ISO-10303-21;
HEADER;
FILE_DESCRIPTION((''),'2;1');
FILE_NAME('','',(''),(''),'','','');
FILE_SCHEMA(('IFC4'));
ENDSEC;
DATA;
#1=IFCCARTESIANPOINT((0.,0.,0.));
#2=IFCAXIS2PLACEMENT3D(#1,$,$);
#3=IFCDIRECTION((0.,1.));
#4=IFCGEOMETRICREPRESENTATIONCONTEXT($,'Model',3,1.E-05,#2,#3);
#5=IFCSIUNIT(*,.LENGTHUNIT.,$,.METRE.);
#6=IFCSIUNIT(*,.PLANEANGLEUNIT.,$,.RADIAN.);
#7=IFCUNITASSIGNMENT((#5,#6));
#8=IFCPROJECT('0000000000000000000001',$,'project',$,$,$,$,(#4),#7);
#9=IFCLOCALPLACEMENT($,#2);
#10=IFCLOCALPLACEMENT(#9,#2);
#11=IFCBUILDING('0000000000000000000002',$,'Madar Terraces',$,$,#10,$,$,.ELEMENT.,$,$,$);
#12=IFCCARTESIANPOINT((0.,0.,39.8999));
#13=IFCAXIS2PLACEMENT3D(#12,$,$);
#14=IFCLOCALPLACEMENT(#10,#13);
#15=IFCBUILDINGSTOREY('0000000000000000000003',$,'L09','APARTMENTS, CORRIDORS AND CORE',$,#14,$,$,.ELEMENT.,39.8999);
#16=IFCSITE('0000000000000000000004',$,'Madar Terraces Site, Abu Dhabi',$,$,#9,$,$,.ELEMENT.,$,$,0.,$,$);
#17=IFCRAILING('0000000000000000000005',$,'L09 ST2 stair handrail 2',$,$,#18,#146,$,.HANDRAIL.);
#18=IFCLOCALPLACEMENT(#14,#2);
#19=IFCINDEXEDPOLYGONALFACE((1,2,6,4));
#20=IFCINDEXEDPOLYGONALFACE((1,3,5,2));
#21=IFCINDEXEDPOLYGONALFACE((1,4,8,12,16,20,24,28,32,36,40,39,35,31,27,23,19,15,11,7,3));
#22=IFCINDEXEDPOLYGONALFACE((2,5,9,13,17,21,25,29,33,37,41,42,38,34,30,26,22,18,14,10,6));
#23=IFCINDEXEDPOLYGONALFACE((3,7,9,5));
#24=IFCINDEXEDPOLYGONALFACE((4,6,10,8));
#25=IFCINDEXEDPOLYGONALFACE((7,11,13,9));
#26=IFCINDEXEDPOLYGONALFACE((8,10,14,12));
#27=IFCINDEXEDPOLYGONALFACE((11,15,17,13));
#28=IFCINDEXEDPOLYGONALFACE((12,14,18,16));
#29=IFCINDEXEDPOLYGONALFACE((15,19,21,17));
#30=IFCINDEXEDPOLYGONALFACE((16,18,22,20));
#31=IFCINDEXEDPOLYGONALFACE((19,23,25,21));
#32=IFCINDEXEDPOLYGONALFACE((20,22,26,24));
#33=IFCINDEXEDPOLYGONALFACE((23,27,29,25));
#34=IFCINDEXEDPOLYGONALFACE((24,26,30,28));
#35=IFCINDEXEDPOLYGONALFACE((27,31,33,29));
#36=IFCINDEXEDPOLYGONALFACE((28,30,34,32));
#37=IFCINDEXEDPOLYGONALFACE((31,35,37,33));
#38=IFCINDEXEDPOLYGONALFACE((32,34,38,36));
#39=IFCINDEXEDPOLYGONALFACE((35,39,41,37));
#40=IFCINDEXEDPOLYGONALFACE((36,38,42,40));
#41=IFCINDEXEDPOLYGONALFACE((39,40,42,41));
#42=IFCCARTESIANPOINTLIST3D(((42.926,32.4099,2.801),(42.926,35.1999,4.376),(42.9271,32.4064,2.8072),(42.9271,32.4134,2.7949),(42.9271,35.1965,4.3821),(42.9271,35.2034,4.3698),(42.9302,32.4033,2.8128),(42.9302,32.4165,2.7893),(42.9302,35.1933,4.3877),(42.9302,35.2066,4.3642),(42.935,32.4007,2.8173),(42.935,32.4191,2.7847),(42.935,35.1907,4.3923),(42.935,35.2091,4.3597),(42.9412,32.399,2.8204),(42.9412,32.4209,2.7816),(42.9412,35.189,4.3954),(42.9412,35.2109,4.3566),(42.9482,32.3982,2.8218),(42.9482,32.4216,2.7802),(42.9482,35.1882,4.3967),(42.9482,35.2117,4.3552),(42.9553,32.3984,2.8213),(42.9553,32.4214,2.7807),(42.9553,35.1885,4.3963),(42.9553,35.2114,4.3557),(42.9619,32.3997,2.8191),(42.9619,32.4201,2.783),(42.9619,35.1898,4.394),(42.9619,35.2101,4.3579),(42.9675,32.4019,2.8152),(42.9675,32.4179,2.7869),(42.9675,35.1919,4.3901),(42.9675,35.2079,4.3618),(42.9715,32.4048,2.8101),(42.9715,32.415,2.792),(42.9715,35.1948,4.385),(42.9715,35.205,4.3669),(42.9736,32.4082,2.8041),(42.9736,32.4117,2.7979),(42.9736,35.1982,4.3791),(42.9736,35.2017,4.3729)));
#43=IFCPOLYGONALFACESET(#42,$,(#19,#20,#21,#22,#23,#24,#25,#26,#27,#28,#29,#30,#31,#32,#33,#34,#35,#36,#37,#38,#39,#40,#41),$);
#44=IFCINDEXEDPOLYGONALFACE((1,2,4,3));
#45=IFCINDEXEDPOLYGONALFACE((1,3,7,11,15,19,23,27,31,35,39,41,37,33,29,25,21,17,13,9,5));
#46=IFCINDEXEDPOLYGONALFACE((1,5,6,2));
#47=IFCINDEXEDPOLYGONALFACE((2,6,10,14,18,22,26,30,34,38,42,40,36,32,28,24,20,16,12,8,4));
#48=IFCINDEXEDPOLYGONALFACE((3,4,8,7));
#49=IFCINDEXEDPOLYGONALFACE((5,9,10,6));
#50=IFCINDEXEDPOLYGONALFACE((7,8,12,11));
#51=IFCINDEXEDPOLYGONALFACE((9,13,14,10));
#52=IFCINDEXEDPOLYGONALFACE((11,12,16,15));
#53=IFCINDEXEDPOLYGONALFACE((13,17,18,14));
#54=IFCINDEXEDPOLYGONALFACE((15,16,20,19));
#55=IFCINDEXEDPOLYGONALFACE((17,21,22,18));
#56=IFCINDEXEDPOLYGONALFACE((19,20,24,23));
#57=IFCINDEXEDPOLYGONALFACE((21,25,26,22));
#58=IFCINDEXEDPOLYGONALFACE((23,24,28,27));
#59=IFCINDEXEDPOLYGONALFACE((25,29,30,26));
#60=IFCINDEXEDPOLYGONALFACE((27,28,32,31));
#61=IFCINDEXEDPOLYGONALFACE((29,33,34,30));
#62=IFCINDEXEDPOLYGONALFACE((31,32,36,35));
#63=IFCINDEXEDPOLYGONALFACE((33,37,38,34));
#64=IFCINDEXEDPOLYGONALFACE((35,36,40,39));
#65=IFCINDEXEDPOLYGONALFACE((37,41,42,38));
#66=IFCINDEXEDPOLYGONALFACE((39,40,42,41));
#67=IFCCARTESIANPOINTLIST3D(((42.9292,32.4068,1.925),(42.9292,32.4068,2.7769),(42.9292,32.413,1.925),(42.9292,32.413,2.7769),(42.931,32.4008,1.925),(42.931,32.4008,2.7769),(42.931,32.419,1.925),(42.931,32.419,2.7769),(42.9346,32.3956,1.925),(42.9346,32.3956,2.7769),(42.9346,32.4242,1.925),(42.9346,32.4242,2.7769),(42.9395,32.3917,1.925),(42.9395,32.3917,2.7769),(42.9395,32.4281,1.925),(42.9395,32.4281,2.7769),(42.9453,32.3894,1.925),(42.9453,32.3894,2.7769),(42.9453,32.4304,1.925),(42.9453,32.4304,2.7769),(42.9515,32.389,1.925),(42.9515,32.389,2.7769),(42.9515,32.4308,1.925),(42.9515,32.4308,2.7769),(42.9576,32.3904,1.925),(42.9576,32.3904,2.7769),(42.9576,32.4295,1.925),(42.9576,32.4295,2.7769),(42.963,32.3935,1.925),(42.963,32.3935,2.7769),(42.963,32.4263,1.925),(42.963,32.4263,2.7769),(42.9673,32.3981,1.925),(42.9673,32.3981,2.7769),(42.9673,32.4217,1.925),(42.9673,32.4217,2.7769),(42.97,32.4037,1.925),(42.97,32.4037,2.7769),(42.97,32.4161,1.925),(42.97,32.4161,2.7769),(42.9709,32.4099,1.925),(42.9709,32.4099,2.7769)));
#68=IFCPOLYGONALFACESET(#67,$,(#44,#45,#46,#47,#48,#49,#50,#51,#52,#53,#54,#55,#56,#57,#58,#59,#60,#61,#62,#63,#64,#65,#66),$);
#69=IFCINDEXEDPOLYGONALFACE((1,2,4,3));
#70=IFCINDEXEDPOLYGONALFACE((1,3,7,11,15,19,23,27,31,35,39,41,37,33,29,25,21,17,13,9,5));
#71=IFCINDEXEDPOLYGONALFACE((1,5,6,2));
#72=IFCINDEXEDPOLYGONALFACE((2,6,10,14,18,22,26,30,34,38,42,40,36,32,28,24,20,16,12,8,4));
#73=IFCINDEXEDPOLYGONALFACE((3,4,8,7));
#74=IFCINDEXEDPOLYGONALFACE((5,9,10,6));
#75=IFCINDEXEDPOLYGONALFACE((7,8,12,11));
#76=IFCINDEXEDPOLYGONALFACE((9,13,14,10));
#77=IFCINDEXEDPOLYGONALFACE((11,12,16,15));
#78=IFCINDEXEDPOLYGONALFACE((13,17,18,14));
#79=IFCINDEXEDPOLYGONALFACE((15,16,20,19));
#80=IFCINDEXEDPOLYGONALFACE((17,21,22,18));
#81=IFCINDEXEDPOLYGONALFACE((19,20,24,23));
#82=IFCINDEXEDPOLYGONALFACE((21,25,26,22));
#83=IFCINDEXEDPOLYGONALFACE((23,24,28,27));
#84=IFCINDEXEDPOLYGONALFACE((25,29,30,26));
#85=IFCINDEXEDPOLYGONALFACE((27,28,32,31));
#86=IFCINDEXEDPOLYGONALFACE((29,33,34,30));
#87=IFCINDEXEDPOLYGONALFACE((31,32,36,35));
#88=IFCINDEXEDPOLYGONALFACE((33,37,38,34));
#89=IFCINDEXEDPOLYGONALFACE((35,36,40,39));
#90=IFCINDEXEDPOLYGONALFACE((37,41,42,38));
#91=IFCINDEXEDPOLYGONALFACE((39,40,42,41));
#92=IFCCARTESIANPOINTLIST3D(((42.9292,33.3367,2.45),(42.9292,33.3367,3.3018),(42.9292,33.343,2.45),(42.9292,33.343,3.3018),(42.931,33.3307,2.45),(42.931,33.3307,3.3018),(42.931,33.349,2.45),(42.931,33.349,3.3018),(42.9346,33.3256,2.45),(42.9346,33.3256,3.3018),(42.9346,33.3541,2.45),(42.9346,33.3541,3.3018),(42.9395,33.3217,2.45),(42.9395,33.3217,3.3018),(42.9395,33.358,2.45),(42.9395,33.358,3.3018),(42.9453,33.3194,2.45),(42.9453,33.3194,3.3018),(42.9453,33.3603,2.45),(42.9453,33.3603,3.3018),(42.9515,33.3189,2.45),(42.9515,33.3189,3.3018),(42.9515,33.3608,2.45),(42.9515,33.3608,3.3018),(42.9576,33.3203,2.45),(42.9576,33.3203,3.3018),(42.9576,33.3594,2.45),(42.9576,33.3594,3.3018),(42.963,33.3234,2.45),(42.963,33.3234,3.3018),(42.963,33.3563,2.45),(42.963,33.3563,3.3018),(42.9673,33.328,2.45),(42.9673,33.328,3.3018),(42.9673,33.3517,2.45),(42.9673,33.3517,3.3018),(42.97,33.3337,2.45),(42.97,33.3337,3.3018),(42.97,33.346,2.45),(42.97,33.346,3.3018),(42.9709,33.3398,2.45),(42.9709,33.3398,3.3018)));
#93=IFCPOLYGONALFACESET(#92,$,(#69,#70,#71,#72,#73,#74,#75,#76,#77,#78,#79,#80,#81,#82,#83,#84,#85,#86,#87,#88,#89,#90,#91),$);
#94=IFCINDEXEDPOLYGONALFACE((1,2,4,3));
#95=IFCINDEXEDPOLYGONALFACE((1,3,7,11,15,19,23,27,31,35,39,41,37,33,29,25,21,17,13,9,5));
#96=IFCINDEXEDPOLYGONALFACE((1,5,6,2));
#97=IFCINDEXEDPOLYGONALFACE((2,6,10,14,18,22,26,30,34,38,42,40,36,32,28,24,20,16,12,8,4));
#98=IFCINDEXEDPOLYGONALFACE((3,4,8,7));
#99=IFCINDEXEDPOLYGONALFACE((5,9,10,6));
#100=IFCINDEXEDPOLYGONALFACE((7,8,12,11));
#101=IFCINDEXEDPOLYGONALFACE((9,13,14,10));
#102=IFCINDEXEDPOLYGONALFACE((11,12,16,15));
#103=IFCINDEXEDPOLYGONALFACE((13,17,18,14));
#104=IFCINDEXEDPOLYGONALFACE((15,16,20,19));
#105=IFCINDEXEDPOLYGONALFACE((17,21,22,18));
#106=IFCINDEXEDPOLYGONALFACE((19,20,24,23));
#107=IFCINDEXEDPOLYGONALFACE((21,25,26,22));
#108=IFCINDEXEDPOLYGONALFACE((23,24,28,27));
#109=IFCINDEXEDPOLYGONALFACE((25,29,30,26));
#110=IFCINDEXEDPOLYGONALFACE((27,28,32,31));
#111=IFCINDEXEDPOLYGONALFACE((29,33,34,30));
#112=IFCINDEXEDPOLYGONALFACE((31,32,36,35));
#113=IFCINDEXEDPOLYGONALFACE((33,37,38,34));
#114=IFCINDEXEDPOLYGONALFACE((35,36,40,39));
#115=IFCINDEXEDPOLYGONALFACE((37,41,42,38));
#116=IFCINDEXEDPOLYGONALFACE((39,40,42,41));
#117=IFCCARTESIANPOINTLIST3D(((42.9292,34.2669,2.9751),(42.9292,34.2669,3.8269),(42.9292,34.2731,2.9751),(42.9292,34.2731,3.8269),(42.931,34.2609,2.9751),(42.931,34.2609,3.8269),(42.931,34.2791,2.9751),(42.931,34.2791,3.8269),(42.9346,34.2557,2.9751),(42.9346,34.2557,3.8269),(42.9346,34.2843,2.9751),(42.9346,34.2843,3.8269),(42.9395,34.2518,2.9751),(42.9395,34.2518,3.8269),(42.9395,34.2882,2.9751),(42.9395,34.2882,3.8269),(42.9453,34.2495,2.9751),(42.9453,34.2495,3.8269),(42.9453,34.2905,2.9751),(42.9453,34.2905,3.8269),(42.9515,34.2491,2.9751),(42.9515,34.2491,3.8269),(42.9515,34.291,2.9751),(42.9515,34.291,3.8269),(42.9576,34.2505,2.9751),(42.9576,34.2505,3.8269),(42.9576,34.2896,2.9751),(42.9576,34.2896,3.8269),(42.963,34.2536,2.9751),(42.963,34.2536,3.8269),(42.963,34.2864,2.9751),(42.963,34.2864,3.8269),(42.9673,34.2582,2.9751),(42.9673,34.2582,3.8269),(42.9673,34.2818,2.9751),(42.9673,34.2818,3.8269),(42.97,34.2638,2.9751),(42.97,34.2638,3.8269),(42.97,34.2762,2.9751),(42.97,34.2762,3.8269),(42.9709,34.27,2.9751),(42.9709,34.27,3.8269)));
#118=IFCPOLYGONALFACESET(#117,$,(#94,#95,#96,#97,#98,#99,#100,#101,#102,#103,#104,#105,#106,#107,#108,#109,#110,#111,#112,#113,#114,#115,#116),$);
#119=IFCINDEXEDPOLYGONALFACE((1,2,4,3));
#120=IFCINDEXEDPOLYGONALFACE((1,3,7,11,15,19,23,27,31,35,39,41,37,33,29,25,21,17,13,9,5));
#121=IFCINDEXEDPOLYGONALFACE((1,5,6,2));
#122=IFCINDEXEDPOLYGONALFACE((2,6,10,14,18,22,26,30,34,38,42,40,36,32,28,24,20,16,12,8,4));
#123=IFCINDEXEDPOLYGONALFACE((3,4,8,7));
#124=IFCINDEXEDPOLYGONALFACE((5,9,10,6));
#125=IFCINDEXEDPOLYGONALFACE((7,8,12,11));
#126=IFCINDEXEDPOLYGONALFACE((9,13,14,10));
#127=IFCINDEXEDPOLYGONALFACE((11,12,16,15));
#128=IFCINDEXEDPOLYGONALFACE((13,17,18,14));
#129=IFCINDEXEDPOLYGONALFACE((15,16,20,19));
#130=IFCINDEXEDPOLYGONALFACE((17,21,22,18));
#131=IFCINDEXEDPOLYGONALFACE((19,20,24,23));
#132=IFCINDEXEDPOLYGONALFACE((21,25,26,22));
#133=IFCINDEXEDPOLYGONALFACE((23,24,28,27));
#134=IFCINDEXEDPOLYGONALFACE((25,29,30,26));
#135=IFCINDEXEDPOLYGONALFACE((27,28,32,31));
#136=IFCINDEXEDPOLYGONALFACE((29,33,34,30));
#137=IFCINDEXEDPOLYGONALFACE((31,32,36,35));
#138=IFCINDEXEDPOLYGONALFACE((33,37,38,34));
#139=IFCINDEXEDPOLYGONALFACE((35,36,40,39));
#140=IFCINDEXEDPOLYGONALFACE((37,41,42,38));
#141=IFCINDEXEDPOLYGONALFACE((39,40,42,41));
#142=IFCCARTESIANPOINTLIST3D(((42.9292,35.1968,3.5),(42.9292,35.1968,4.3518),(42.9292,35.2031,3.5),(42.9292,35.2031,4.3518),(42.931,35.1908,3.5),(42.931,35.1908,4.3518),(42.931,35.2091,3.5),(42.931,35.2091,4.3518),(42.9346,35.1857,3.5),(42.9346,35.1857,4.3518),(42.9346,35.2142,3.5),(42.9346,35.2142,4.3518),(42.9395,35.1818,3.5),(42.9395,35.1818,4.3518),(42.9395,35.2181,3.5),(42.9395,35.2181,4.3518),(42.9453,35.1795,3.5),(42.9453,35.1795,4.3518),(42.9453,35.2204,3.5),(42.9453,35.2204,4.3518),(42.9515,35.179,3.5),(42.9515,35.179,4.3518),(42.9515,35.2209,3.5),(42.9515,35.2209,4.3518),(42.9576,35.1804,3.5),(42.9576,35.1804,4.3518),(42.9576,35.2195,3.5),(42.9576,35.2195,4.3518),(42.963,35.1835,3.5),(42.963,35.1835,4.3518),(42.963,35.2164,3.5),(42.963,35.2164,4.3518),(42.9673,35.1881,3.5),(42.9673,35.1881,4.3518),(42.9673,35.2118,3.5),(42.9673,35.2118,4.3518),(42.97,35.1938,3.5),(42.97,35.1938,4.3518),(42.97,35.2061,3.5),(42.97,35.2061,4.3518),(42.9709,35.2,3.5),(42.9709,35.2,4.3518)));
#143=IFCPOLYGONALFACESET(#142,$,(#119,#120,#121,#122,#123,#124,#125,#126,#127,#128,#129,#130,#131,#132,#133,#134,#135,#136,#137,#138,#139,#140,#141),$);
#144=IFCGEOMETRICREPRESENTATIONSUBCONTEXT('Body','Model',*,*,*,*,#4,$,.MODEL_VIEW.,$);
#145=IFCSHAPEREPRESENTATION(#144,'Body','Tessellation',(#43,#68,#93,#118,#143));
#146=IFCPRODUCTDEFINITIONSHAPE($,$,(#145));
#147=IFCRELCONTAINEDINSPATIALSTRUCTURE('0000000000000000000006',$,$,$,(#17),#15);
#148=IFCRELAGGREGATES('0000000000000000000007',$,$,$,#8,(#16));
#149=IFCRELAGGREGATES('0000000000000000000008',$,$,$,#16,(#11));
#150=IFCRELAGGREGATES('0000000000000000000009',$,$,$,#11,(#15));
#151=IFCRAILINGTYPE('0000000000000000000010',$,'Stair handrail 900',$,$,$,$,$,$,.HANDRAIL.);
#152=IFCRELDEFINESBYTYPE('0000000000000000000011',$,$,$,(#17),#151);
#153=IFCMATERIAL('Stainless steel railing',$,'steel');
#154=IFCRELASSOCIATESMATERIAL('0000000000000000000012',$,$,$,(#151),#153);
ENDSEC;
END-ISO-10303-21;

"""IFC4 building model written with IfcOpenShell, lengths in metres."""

from ifc_helpers import new_model, si_unit, direction, frame, origin, origin_2d, place, context, subcontext, project, spatial, circle, extrude, material, type_object, element, save


model = new_model("IFC4")

# Units and contexts
model_context = context("Model", 3, precision=1e-05, world=origin(), true_north=direction((0.0, 1.0)))
body_context = subcontext(model_context, "Body", "Model", "MODEL_VIEW")
ifc_project = project(units=[si_unit("LENGTHUNIT", "METRE"), si_unit("PLANEANGLEUNIT", "RADIAN")], contexts=[model_context])

# Site, building, storey
site_placement = place(None, origin())
site = spatial("IfcSite", under=ifc_project, at=site_placement, Name="Madar Terraces Site, Abu Dhabi", CompositionType="ELEMENT", RefElevation=0.0)
building_placement = place(site_placement, origin())
building = spatial("IfcBuilding", under=site, at=building_placement, Name="Madar Terraces", CompositionType="ELEMENT")
storey_placement = place(building_placement, frame((0.0, 0.0, 39.8999)))
storey = spatial("IfcBuildingStorey", under=building, at=storey_placement, Name="L09", Description="APARTMENTS, CORRIDORS AND CORE", CompositionType="ELEMENT", Elevation=39.8999)

# Railing
ifc_material_1 = material(Name="Stainless steel railing", Category="steel")
railing_type_1 = type_object("IfcRailingType", Name="Stair handrail 900", PredefinedType="HANDRAIL", material=ifc_material_1)
railing_1_placement = place(storey_placement, frame((42.95, 32.4099, 1.925)))
element("IfcRailing", 1, at=railing_1_placement, inside=storey, type_object=railing_type_1, Name="L09 ST2 stair handrail 2", PredefinedType="HANDRAIL", context=body_context, shape_type="SweptSolid", body=[
    extrude(circle(Radius=0.0239, at=origin_2d()), frame((0.0, 0.0, 0.876), z_axis=(0.0, 0.870834, 0.491578), x_axis=(-1.0, 0.0, 0.0)), (0.0, 0.0, 1.0), 3.2039),
    extrude(circle(Radius=0.021, at=origin_2d()), origin(), (0.0, 0.0, 1.0), 0.8518),
    extrude(circle(Radius=0.021, at=origin_2d()), frame((0.0, 0.9299, 0.5249)), (0.0, 0.0, 1.0), 0.8518),
    extrude(circle(Radius=0.021, at=origin_2d()), frame((0.0, 1.8601, 1.05)), (0.0, 0.0, 1.0), 0.8518),
    extrude(circle(Radius=0.021, at=origin_2d()), frame((0.0, 2.79, 1.575)), (0.0, 0.0, 1.0), 0.8518),
])

save(model, "model.ifc")
